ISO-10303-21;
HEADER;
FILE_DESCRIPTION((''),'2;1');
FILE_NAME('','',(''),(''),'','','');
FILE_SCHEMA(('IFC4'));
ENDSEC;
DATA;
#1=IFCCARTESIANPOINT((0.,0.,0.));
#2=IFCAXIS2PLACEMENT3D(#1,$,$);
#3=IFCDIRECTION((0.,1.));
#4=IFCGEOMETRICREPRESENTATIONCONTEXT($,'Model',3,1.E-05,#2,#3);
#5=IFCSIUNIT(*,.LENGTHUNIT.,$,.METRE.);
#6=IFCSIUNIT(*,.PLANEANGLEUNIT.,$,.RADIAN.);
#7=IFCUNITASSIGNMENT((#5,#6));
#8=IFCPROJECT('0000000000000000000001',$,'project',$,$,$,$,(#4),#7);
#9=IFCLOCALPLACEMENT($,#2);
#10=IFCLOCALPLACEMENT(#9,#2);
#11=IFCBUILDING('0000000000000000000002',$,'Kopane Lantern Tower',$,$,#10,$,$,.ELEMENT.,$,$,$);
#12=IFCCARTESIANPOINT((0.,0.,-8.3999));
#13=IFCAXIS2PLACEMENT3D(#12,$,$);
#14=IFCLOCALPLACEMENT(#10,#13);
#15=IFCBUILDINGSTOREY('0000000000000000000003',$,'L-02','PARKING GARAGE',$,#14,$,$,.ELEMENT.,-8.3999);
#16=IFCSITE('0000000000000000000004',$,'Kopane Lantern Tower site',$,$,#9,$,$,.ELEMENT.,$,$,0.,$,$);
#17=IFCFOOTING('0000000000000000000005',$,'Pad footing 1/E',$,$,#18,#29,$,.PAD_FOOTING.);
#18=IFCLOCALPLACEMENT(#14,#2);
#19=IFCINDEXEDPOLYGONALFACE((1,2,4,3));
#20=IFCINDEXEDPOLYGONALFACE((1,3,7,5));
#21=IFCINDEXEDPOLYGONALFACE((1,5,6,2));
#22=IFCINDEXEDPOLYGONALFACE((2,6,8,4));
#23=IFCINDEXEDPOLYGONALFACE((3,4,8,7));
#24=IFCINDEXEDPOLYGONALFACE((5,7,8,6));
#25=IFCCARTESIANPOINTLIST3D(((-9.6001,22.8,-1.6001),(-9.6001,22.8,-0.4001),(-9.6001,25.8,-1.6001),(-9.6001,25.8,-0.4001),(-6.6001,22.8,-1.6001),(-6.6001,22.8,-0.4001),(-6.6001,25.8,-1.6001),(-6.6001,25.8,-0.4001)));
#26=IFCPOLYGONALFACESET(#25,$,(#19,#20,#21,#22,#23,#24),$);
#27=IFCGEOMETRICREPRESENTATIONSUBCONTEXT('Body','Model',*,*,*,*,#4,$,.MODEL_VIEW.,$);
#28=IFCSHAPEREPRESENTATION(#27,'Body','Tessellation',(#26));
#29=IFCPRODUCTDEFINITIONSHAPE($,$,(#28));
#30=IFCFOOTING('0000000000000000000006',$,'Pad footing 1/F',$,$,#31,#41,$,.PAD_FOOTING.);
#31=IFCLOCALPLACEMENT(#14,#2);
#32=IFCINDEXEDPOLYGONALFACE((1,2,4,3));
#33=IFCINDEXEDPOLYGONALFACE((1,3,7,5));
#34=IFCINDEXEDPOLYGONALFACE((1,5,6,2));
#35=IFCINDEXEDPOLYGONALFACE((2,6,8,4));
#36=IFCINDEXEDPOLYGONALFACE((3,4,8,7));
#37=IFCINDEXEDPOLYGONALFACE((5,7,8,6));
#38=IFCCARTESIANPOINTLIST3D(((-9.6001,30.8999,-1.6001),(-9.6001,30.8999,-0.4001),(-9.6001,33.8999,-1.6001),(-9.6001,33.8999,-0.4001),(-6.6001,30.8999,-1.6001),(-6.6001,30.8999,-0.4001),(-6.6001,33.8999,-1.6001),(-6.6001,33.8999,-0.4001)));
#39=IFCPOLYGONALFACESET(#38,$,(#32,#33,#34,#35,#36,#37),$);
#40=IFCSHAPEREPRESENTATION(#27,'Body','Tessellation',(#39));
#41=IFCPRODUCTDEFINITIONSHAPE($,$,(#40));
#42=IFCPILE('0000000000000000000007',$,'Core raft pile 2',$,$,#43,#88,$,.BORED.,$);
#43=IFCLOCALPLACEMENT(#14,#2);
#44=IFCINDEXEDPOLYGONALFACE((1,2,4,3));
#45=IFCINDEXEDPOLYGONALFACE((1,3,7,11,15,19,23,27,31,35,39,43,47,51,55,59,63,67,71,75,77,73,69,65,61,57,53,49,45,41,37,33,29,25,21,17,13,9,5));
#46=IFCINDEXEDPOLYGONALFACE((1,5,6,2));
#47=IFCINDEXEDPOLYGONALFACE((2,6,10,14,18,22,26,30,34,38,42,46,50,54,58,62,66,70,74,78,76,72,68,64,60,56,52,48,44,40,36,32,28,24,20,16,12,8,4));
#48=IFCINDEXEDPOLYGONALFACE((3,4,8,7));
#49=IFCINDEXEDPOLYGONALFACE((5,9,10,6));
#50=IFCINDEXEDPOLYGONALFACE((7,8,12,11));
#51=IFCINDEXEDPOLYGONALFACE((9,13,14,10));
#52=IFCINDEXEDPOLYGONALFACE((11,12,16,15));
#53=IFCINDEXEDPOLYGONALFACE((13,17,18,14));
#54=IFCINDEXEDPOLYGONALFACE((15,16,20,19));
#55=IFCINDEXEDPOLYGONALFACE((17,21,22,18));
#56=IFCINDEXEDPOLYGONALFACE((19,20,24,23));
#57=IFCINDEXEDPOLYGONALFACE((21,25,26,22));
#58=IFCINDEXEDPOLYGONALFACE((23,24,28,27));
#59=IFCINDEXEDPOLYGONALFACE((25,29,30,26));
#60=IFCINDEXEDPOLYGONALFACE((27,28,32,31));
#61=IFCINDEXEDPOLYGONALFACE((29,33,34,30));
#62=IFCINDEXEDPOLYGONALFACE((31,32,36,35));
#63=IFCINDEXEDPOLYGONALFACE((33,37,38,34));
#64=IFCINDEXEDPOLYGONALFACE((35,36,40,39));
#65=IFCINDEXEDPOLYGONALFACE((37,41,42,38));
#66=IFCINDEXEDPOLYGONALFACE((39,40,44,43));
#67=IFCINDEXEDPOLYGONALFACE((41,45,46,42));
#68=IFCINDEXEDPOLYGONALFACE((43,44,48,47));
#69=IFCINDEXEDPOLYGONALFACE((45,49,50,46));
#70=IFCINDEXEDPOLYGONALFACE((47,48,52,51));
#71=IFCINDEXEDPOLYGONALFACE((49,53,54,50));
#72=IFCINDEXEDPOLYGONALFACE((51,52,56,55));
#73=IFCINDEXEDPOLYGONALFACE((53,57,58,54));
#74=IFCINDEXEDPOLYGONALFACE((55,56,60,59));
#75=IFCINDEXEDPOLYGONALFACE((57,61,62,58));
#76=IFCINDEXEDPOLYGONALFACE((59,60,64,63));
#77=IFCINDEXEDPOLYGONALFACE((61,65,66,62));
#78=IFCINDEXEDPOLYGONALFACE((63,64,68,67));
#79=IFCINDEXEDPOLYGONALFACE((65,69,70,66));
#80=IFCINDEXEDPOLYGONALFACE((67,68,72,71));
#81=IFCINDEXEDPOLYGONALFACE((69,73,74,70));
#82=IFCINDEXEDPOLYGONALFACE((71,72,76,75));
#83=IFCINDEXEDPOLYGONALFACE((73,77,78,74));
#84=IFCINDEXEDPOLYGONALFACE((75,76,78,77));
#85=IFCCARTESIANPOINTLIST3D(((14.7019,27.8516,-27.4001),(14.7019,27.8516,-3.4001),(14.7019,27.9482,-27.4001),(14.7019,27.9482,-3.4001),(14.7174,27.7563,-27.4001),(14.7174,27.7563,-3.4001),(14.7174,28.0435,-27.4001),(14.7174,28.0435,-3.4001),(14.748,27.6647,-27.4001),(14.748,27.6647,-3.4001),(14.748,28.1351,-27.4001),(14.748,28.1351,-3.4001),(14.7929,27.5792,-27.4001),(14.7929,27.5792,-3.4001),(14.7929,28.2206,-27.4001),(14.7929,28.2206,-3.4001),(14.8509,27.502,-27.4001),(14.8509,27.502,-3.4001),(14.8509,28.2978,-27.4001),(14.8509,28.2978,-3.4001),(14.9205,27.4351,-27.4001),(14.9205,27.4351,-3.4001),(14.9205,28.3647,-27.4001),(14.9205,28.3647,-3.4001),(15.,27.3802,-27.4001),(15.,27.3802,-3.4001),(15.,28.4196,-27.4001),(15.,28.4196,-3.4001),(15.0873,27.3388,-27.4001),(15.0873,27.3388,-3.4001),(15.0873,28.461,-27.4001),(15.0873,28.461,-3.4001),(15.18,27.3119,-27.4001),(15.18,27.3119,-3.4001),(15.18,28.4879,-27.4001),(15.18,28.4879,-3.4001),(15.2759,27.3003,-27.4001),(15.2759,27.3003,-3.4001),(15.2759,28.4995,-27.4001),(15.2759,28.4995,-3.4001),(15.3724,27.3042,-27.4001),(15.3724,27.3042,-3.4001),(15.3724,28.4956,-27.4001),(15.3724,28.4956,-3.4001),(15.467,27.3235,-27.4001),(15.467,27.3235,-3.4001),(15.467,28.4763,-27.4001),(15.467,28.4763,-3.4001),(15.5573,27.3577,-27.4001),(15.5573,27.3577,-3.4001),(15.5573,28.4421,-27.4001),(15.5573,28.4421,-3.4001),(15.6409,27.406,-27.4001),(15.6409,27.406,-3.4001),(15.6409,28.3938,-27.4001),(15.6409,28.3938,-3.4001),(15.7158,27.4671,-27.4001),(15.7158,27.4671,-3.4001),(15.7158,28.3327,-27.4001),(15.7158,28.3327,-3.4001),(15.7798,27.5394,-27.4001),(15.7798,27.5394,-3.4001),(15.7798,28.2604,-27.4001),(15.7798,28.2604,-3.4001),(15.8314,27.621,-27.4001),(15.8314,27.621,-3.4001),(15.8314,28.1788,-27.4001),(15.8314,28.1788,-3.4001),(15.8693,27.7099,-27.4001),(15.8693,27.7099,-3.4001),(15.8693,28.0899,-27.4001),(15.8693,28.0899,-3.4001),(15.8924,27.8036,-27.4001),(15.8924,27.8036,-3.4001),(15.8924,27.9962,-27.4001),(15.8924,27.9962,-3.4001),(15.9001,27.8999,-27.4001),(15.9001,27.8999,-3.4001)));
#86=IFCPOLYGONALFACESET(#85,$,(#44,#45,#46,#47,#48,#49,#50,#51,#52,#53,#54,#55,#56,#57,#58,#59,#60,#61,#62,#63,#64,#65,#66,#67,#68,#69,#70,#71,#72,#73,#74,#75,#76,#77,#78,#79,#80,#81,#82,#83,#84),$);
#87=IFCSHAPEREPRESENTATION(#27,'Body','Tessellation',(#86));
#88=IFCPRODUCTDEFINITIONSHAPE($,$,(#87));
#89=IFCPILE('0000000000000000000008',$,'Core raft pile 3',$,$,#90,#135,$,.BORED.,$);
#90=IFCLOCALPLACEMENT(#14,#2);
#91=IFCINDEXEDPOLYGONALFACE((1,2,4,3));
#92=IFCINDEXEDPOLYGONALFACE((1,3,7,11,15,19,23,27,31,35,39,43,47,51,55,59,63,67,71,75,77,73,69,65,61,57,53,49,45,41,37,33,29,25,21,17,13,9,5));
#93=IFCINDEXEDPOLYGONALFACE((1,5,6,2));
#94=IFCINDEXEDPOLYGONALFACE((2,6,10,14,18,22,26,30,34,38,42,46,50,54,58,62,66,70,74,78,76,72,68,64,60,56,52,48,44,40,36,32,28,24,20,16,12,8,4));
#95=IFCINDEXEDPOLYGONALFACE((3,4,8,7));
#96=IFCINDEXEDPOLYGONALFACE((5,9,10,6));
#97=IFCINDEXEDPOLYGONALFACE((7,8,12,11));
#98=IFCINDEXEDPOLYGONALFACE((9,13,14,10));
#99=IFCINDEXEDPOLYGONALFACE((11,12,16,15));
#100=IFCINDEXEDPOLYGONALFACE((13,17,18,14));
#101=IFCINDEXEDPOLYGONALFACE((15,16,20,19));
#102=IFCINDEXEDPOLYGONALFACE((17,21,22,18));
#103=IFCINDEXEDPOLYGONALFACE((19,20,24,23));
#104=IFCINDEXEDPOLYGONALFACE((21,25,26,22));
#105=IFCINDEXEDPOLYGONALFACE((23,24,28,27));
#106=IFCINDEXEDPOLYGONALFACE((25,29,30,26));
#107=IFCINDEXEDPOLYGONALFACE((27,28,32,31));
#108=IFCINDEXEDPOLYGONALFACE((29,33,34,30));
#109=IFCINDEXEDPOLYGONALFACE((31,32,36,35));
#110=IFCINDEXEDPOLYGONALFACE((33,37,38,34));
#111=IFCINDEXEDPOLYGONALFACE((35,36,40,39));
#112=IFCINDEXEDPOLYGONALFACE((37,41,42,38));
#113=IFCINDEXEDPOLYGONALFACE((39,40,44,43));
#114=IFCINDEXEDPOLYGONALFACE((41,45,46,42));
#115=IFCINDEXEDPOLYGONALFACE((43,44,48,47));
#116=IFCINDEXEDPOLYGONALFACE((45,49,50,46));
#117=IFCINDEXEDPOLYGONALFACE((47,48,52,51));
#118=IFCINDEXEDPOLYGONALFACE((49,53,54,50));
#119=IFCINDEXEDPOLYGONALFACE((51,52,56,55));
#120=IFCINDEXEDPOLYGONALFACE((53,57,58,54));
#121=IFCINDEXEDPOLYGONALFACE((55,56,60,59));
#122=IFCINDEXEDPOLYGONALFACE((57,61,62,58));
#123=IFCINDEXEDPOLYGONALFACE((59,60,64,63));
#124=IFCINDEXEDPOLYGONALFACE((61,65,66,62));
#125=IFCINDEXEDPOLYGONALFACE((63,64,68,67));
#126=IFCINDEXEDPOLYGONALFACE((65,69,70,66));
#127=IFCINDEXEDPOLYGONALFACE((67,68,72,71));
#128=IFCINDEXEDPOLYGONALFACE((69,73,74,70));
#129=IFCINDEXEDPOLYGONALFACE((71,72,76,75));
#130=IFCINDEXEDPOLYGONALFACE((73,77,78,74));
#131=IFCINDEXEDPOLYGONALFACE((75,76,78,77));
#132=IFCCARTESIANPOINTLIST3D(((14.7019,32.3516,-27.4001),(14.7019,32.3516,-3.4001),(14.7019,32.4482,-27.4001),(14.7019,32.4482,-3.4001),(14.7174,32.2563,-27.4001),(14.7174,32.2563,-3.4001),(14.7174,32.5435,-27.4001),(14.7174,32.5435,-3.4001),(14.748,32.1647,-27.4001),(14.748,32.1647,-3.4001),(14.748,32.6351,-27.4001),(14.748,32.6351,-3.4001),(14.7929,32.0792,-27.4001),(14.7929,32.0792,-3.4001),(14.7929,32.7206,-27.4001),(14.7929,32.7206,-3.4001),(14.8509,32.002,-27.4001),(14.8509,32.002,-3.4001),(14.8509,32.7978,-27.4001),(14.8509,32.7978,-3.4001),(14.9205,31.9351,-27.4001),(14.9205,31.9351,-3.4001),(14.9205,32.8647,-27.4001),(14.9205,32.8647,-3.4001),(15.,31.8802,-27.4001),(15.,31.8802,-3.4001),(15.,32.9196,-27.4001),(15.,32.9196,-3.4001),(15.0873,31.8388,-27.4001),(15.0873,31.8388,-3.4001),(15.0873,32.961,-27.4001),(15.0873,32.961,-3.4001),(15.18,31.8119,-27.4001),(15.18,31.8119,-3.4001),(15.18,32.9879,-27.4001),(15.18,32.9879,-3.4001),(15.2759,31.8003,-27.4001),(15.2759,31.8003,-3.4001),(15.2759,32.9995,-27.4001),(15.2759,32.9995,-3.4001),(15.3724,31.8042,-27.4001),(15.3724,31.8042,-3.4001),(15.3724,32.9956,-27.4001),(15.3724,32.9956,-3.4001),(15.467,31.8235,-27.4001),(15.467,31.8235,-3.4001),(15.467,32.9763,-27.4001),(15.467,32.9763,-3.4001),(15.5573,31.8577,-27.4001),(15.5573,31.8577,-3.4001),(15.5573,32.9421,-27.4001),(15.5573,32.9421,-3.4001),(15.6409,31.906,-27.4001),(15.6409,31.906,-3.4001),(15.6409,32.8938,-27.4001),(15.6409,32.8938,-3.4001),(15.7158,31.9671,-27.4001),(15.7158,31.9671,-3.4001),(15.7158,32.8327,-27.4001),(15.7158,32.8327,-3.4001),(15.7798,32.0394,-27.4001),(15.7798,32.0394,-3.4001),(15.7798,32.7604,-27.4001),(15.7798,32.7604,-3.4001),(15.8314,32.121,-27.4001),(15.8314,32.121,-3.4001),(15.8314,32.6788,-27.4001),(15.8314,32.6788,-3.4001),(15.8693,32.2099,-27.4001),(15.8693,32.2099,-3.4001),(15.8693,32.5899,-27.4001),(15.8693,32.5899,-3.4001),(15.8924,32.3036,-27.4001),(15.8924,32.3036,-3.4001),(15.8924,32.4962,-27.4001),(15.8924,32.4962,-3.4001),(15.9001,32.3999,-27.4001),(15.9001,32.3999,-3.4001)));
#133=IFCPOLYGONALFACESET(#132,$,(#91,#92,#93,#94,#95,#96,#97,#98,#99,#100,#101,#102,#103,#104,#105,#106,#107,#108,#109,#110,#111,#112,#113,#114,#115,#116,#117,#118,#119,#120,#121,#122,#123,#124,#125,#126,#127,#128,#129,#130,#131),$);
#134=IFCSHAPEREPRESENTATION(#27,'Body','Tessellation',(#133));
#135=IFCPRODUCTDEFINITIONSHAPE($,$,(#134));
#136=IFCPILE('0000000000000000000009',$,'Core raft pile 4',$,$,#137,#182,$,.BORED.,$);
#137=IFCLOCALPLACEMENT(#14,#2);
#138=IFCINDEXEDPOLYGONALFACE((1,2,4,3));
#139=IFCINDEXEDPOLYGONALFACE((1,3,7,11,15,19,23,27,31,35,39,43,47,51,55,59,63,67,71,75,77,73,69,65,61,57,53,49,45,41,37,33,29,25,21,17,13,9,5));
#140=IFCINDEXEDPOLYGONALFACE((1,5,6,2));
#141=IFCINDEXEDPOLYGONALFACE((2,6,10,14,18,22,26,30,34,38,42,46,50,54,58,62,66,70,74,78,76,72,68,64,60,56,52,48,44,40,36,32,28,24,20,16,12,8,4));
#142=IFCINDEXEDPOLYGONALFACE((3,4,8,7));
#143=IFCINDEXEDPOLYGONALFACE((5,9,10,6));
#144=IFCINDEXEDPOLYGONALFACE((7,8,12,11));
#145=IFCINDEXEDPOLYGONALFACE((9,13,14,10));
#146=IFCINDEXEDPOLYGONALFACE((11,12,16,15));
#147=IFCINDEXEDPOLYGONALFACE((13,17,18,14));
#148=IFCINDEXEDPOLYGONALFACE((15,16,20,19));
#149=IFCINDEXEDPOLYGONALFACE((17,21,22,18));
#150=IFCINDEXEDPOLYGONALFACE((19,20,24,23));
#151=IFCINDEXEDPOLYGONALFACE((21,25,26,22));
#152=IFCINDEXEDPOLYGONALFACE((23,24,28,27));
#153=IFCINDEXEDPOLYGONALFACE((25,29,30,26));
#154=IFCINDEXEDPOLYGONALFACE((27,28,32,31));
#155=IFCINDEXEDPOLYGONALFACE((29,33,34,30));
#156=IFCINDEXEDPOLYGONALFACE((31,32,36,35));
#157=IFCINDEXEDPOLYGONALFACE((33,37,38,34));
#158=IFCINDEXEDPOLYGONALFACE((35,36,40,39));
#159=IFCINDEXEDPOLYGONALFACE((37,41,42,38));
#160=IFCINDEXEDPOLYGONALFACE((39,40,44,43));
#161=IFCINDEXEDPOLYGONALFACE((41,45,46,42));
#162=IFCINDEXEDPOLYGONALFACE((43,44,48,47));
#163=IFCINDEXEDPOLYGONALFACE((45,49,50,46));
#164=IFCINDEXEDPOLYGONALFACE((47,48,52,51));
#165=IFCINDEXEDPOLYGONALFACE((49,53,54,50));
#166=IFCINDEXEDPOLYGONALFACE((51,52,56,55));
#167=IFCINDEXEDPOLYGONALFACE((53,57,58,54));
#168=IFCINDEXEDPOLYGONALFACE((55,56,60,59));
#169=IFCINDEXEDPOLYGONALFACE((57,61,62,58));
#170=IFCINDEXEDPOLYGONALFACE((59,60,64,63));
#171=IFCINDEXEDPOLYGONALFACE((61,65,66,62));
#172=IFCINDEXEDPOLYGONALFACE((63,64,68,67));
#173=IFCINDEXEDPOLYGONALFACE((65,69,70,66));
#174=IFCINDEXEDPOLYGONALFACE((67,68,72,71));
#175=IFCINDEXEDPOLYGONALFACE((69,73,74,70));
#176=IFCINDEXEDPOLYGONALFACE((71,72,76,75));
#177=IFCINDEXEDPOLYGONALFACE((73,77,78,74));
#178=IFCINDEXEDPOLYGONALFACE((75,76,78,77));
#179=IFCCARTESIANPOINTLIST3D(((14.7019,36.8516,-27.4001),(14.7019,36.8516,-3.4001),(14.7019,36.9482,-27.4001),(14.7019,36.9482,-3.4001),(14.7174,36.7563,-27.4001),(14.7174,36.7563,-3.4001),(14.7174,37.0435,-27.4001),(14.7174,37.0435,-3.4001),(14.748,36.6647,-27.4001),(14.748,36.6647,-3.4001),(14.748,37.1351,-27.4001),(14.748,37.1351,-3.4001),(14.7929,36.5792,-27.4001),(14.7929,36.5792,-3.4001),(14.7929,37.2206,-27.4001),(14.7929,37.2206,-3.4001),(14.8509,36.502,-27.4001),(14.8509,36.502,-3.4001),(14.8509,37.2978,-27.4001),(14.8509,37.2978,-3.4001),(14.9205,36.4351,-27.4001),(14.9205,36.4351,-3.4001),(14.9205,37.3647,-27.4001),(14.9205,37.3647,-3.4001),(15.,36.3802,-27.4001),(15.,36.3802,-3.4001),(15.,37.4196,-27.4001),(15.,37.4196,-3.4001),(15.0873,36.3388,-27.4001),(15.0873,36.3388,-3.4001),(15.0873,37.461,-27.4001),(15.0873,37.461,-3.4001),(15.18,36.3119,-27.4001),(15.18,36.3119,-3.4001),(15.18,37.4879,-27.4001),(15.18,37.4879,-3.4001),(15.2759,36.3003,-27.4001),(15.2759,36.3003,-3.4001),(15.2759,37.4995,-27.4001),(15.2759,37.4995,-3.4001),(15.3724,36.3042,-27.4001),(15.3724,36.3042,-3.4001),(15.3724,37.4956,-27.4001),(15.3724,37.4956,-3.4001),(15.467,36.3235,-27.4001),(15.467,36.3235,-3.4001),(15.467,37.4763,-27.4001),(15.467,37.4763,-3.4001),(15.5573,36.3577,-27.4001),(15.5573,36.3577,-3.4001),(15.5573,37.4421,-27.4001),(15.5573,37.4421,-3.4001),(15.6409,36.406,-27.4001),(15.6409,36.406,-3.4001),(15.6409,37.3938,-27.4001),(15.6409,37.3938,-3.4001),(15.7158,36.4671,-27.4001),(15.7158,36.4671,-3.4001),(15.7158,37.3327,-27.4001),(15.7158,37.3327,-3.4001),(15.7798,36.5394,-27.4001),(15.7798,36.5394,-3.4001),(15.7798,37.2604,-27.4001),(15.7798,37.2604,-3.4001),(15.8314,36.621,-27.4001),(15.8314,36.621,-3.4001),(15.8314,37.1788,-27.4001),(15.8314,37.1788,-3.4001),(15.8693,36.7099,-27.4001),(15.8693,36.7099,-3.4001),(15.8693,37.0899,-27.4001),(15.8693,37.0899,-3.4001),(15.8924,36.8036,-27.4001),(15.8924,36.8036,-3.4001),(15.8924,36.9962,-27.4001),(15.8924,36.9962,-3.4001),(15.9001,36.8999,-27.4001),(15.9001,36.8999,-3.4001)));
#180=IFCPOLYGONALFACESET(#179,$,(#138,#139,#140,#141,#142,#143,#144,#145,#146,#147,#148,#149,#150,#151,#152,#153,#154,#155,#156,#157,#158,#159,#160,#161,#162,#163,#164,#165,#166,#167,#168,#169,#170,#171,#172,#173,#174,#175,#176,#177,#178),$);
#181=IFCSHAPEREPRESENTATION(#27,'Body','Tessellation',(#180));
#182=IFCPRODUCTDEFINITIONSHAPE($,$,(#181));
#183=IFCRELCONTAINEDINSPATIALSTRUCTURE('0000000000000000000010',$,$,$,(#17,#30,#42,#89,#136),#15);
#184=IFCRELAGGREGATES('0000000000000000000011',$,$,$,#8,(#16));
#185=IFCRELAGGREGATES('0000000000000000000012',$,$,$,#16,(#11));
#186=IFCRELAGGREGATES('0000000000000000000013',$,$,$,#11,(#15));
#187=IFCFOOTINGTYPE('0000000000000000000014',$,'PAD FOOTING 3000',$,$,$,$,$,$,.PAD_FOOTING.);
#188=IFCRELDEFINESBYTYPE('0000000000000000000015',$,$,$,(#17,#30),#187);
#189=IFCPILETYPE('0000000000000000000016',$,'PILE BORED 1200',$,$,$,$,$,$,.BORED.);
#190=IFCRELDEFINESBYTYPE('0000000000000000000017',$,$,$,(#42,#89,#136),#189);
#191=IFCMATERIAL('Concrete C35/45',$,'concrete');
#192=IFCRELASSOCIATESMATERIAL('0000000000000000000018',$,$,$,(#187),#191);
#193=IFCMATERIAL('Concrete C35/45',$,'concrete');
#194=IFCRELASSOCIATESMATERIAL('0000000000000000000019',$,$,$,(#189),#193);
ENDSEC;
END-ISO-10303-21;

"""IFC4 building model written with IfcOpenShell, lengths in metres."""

from ifc_helpers import new_model, si_unit, direction, frame, origin, origin_2d, place, context, subcontext, project, spatial, rectangle, circle, extrude, material, material_profile, profile_set, type_object, element, save


model = new_model("IFC4")

# Units and contexts
model_context = context("Model", 3, precision=1e-05, world=origin(), true_north=direction((0.0, 1.0)))
body_context = subcontext(model_context, "Body", "Model", "MODEL_VIEW")
ifc_project = project(units=[si_unit("LENGTHUNIT", "METRE"), si_unit("PLANEANGLEUNIT", "RADIAN")], contexts=[model_context])

# Site, building, storey
site_placement = place(None, origin())
site = spatial("IfcSite", under=ifc_project, at=site_placement, Name="Kopane Lantern Tower site", CompositionType="ELEMENT", RefElevation=0.0)
building_placement = place(site_placement, origin())
building = spatial("IfcBuilding", under=site, at=building_placement, Name="Kopane Lantern Tower", CompositionType="ELEMENT")
storey_placement = place(building_placement, frame((0.0, 0.0, -8.3999)))
storey = spatial("IfcBuildingStorey", under=building, at=storey_placement, Name="L-02", Description="PARKING GARAGE", CompositionType="ELEMENT", Elevation=-8.3999)

# Footings
ifc_material_1 = material(Name="Concrete C35/45", Category="concrete")
footing_type_1 = type_object("IfcFootingType", Name="PAD FOOTING 3000", PredefinedType="PAD_FOOTING", material=ifc_material_1)
for number, where, z_axis, x_axis, name in (
    (1, (-8.1001, 24.3, -1.6001), (0.0, 0.0, 1.0), (1.0, 0.0, 0.0), "Pad footing 1/E"),
    (2, (-8.1001, 32.3999, -1.6001), (0.0, 0.0, 1.0), (1.0, 0.0, 0.0), "Pad footing 1/F"),
):
    element("IfcFooting", number, at=place(storey_placement, frame(where, z_axis=z_axis, x_axis=x_axis)), inside=storey, type_object=footing_type_1, Name=name, PredefinedType="PAD_FOOTING", context=body_context, shape_type="SweptSolid", body=[
        extrude(rectangle(XDim=3.0, YDim=3.0, at=origin_2d()), origin(), (0.0, 0.0, 1.0), 1.2),
    ])

# Piles
ifc_material_2 = material(Name="Concrete C35/45", Category="concrete")
ifc_material_profile_1 = material_profile(ifc_material_2, circle(Radius=0.6001, at=origin_2d()), Name="D1200")
ifc_profile_set_1 = profile_set([ifc_material_profile_1], Name="Concrete C35/45")
pile_type_1 = type_object("IfcPileType", Name="PILE BORED 1200", PredefinedType="BORED", material=ifc_profile_set_1)
for number, where, z_axis, x_axis, name in (
    (3, (15.3, 27.8999, -3.4001), (0.0, 0.0, -1.0), (1.0, 0.0, 0.0), "Core raft pile 2"),
    (4, (15.3, 32.3999, -3.4001), (0.0, 0.0, -1.0), (1.0, 0.0, 0.0), "Core raft pile 3"),
    (5, (15.3, 36.8999, -3.4001), (0.0, 0.0, -1.0), (1.0, 0.0, 0.0), "Core raft pile 4"),
):
    element("IfcPile", number, at=place(storey_placement, frame(where, z_axis=z_axis, x_axis=x_axis)), inside=storey, type_object=pile_type_1, Name=name, PredefinedType="BORED", context=body_context, shape_type="SweptSolid", body=[
        extrude(circle(Radius=0.6001, at=origin_2d()), origin(), (0.0, 0.0, 1.0), 24.0),
    ])

save(model, "model.ifc")
